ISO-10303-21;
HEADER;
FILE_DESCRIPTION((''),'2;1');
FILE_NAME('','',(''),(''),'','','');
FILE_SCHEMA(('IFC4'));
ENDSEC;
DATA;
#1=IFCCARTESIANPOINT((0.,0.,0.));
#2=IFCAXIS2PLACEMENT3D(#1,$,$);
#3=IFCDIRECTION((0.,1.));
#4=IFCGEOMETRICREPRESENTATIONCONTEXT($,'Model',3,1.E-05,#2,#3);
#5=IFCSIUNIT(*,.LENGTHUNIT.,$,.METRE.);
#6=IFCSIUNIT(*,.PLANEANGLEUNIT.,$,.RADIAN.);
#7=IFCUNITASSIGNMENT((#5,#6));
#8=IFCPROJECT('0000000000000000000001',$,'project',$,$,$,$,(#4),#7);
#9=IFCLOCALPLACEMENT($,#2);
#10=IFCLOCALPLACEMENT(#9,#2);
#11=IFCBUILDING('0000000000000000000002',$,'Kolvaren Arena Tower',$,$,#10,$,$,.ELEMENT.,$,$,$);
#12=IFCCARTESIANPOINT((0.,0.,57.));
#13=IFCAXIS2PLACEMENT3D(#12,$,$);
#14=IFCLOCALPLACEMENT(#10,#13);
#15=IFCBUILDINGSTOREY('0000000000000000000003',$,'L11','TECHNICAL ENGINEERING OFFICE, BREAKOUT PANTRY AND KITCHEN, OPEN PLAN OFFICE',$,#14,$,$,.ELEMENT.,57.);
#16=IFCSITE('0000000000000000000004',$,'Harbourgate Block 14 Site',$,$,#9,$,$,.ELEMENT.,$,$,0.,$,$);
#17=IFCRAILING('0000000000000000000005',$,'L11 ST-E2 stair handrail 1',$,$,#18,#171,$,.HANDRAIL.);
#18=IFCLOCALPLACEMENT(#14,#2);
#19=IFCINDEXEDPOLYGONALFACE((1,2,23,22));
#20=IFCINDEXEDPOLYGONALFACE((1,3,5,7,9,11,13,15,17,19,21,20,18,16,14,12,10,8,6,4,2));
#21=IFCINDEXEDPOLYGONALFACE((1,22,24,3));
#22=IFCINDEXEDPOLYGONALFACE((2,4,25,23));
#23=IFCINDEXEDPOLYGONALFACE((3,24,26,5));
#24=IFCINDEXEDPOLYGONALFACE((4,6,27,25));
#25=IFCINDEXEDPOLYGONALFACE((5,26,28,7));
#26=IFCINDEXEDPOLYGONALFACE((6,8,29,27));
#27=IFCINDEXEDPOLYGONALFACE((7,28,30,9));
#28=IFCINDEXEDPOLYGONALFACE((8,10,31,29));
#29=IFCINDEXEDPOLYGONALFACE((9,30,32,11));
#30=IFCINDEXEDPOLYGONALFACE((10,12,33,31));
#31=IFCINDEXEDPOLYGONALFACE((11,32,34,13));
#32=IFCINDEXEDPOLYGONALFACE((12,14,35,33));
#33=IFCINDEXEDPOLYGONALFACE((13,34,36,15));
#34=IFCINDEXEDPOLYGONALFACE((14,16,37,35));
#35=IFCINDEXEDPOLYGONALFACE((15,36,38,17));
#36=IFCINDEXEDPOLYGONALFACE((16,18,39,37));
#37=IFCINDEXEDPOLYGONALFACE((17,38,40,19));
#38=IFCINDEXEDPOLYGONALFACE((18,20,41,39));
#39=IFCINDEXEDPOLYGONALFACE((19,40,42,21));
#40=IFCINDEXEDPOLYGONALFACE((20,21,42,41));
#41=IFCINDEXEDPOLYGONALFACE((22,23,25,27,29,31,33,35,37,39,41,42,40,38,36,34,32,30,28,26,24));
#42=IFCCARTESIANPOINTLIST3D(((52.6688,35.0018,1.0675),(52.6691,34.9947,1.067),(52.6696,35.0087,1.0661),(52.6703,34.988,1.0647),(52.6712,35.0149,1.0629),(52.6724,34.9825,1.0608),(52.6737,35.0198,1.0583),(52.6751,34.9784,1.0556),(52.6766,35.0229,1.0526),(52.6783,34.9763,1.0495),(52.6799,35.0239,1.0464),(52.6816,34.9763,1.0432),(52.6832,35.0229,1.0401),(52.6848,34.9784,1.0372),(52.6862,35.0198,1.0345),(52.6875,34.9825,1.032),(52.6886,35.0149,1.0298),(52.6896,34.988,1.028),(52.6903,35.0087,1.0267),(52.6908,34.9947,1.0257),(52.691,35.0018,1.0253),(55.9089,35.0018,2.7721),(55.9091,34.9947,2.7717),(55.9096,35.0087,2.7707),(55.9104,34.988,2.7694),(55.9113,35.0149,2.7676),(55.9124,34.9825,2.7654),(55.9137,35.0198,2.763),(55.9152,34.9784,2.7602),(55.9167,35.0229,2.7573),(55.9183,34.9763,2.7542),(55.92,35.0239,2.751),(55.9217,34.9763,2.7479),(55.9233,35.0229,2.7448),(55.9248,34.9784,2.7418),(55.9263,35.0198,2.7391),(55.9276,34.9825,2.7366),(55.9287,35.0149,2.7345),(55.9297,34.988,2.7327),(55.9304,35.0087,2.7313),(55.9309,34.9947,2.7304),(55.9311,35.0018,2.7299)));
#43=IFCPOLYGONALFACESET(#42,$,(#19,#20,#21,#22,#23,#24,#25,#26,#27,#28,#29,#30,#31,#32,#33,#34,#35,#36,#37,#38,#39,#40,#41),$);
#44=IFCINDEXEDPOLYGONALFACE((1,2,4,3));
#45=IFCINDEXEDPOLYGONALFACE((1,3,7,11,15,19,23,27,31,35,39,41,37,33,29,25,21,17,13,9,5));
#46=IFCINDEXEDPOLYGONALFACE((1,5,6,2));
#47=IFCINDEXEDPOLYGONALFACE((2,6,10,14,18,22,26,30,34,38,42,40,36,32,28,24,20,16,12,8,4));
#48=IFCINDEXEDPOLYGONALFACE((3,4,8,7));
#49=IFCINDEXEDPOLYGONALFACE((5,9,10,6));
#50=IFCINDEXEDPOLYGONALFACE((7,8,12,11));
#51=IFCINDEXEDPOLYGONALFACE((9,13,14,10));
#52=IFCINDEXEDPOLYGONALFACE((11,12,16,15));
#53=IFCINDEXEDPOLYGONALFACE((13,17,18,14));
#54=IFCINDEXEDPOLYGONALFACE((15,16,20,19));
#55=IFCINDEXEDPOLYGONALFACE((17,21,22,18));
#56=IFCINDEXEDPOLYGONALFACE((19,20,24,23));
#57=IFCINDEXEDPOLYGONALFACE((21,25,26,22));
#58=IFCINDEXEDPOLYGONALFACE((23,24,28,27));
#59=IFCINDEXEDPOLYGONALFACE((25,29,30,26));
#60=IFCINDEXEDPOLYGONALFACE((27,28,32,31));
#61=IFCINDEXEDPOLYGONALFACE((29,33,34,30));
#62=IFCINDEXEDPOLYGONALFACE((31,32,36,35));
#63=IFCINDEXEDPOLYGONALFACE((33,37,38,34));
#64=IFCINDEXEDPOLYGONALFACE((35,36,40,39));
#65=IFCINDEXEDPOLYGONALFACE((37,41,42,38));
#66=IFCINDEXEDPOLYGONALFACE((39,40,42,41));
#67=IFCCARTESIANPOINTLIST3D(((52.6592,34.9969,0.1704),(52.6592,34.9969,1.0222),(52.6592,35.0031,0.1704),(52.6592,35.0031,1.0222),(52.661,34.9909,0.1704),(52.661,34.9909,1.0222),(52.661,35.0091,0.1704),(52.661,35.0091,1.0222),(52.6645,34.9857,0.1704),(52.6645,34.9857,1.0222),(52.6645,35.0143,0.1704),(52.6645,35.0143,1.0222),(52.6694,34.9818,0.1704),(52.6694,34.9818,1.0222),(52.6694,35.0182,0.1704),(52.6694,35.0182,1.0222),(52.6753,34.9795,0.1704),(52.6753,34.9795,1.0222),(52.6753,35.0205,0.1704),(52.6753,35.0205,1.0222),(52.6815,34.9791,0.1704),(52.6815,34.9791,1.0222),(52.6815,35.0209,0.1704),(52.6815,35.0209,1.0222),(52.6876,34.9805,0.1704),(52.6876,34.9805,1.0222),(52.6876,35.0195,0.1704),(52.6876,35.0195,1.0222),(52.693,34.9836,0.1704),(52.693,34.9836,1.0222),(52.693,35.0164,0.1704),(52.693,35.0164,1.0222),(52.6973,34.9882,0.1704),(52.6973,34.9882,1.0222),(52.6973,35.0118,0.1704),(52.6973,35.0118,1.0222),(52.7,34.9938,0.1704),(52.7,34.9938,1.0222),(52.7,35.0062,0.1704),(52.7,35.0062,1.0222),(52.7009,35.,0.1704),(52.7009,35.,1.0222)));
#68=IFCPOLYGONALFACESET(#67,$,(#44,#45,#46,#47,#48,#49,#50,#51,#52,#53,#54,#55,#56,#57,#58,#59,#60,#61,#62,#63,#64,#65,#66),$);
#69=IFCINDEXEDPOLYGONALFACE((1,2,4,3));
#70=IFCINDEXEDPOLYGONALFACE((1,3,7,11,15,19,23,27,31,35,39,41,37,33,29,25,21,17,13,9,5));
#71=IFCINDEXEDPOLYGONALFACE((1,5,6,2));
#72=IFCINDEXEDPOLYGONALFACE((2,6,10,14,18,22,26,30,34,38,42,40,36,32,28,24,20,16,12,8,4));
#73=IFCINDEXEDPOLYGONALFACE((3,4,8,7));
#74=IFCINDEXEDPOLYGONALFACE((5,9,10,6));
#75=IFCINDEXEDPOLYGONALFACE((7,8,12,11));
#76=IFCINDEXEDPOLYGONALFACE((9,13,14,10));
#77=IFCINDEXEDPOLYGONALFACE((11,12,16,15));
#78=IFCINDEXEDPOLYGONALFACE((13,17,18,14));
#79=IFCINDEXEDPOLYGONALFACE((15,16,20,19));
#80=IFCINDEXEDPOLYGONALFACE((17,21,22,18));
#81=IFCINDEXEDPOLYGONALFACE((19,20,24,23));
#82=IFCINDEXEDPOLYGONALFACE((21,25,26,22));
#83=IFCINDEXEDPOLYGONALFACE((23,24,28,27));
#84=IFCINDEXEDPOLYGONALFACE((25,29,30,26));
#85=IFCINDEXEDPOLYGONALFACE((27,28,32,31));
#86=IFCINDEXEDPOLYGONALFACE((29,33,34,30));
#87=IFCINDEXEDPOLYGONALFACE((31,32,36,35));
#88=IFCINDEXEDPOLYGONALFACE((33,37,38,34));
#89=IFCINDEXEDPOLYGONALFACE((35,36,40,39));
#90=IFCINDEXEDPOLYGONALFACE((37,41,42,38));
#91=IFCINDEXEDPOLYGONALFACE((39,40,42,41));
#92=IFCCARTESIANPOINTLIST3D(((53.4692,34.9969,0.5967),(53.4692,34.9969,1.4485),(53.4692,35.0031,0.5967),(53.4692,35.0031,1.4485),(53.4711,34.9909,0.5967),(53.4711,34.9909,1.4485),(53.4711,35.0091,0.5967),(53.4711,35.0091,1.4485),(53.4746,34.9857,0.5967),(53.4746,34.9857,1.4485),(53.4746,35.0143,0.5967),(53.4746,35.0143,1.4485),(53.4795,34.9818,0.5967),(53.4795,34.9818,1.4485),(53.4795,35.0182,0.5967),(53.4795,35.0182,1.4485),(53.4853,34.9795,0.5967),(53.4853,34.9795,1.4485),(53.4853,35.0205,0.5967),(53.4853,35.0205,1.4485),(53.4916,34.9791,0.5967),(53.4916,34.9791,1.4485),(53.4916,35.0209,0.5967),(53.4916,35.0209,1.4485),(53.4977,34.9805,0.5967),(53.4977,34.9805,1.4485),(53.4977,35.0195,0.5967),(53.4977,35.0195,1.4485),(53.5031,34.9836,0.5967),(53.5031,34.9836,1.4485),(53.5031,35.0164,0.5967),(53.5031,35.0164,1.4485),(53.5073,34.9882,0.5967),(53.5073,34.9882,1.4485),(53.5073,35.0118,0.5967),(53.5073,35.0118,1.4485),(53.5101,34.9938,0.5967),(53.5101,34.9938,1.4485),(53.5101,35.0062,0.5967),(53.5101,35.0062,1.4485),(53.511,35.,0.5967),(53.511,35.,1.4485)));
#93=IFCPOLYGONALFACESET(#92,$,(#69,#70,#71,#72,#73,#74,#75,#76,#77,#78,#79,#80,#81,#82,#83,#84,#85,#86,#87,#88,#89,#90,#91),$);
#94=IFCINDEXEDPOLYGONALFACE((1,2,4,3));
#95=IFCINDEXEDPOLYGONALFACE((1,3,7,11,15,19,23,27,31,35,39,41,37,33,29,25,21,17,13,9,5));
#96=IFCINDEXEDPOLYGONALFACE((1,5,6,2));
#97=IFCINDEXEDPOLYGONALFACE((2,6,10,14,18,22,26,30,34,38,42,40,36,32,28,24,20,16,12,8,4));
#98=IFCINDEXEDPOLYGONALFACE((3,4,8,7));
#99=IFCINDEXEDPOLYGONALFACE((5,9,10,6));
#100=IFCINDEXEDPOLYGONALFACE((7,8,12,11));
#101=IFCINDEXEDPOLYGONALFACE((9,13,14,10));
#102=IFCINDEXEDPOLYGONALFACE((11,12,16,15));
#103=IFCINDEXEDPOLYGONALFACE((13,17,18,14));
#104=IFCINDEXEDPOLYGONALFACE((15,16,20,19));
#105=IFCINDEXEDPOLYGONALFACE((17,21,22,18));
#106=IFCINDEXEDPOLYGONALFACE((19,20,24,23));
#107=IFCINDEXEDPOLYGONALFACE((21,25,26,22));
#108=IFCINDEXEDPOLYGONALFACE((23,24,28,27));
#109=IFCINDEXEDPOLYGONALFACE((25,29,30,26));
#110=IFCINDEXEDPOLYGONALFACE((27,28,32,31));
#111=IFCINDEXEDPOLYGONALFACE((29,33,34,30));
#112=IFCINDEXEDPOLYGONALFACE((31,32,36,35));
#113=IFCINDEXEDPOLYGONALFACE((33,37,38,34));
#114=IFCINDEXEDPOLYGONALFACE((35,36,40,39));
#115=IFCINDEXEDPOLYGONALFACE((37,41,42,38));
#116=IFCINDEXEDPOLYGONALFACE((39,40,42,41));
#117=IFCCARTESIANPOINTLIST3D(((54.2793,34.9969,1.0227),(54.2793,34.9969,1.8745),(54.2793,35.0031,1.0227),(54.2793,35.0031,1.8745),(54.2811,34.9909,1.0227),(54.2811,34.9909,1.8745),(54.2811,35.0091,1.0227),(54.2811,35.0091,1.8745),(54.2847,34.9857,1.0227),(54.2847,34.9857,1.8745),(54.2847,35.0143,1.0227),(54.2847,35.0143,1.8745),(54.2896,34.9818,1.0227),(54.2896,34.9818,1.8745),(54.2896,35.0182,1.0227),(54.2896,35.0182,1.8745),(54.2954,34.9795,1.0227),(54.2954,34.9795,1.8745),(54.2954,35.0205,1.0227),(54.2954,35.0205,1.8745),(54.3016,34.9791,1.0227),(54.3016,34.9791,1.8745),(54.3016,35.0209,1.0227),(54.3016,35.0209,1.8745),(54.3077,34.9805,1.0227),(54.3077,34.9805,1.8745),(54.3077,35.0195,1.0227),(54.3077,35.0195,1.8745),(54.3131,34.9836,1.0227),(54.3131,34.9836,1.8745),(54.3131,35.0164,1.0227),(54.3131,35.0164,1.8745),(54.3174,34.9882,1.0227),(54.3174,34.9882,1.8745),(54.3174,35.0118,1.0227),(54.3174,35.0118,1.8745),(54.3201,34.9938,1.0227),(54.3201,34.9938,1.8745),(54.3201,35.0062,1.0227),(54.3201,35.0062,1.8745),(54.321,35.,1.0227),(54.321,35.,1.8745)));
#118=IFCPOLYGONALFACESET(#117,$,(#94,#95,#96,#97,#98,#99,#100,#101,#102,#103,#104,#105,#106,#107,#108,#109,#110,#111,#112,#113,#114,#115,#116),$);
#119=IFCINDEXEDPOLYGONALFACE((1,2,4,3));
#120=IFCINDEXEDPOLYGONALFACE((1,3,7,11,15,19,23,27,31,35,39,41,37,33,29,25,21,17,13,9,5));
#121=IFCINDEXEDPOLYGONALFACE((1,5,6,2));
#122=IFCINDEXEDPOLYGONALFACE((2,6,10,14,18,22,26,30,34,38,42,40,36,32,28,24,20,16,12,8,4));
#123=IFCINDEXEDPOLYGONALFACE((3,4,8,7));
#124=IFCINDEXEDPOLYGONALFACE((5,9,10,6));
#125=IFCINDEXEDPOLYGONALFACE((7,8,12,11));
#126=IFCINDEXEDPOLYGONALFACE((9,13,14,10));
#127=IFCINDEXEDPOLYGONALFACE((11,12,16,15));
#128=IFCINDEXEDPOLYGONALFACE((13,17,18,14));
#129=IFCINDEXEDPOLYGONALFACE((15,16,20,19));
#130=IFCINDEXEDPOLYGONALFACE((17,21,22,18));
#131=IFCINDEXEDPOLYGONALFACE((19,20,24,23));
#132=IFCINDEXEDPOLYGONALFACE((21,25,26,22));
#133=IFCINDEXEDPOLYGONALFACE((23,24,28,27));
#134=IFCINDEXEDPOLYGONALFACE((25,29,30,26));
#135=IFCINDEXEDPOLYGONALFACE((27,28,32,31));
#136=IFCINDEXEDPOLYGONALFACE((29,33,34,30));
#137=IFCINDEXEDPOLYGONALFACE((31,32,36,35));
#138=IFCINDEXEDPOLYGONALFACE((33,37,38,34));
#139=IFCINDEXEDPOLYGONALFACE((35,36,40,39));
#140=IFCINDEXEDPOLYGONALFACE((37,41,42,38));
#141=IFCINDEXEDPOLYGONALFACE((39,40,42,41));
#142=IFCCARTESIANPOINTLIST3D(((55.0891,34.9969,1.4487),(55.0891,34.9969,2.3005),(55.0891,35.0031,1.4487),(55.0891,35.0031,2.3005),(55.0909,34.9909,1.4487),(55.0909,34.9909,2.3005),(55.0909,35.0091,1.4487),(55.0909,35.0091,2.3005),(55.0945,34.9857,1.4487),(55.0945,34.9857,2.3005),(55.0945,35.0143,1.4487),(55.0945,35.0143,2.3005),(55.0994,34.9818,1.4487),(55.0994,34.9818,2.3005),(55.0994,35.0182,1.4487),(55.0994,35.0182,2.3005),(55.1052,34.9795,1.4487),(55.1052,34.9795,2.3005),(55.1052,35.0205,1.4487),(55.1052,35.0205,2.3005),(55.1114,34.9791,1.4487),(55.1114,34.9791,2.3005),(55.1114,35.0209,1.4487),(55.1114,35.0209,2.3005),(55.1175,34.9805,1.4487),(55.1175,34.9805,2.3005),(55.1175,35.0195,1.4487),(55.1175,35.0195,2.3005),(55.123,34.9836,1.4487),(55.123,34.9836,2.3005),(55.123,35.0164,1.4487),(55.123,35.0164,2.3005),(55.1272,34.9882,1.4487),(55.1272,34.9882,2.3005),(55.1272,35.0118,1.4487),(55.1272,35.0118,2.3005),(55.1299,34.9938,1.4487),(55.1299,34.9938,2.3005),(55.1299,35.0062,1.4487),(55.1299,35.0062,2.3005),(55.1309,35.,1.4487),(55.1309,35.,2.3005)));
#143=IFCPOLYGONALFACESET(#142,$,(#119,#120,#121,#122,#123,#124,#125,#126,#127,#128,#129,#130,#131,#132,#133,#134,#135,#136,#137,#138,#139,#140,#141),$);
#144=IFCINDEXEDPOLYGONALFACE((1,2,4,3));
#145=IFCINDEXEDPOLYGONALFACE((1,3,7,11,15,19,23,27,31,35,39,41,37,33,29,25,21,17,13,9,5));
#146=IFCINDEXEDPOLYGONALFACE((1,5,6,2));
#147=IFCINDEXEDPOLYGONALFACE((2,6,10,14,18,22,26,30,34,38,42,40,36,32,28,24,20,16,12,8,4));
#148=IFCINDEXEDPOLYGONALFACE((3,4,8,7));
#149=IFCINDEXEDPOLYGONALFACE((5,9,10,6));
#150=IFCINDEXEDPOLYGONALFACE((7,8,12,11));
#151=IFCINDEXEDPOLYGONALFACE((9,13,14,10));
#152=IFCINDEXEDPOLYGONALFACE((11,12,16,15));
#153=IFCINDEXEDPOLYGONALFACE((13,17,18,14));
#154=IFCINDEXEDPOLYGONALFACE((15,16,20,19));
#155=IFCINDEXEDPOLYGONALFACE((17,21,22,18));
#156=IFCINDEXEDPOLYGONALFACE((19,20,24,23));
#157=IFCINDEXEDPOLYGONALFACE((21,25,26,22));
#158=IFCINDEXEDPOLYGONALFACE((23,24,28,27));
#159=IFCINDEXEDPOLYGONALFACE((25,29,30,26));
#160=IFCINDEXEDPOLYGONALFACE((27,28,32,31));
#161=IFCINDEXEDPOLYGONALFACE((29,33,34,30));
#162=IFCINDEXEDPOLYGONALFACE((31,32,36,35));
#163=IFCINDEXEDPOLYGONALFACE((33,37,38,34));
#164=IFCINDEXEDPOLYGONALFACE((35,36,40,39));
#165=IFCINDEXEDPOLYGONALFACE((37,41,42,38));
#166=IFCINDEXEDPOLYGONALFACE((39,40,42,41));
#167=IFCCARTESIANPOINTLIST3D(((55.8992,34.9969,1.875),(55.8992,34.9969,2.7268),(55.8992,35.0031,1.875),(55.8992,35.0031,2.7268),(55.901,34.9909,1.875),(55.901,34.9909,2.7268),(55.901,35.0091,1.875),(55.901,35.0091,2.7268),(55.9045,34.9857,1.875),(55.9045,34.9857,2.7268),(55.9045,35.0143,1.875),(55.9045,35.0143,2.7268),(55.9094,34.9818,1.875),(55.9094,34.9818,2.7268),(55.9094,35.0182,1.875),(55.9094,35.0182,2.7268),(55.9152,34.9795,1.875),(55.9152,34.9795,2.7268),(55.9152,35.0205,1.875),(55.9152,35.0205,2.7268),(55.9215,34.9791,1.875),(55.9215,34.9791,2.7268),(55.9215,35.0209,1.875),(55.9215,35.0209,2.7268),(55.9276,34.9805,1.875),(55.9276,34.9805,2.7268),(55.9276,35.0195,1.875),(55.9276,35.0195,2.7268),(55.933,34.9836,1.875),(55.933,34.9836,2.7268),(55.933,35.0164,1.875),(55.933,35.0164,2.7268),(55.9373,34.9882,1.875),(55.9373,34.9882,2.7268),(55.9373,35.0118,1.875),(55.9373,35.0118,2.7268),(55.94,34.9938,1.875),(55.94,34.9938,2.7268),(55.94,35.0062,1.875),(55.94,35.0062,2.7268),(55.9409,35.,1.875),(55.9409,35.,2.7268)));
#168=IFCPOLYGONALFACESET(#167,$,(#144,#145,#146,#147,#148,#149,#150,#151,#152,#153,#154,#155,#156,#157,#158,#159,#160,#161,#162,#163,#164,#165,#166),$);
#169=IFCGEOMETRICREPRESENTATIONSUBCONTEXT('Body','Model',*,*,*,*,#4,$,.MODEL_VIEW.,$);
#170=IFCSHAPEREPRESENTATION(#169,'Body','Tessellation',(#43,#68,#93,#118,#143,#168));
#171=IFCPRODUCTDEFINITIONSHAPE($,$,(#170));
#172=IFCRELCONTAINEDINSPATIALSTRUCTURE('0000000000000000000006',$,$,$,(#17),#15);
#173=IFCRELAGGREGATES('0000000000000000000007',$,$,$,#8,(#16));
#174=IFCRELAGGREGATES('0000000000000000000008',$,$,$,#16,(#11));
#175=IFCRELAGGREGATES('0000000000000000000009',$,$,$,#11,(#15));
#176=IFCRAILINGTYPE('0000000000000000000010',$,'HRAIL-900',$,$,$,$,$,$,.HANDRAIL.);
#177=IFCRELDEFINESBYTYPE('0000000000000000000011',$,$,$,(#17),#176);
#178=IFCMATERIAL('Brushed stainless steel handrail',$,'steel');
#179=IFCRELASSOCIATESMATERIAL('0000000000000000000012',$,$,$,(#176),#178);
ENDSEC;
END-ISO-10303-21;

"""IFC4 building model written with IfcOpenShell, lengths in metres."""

from ifc_helpers import new_model, si_unit, direction, frame, origin, origin_2d, place, context, subcontext, project, spatial, circle, extrude, material, type_object, element, save


model = new_model("IFC4")

# Units and contexts
model_context = context("Model", 3, precision=1e-05, world=origin(), true_north=direction((0.0, 1.0)))
body_context = subcontext(model_context, "Body", "Model", "MODEL_VIEW")
ifc_project = project(units=[si_unit("LENGTHUNIT", "METRE"), si_unit("PLANEANGLEUNIT", "RADIAN")], contexts=[model_context])

# Site, building, storey
site_placement = place(None, origin())
site = spatial("IfcSite", under=ifc_project, at=site_placement, Name="Harbourgate Block 14 Site", CompositionType="ELEMENT", RefElevation=0.0)
building_placement = place(site_placement, origin())
building = spatial("IfcBuilding", under=site, at=building_placement, Name="Kolvaren Arena Tower", CompositionType="ELEMENT")
storey_placement = place(building_placement, frame((0.0, 0.0, 57.0)))
storey = spatial("IfcBuildingStorey", under=building, at=storey_placement, Name="L11", Description="TECHNICAL ENGINEERING OFFICE, BREAKOUT PANTRY AND KITCHEN, OPEN PLAN OFFICE", CompositionType="ELEMENT", Elevation=57.0)

# Railing
ifc_material_1 = material(Name="Brushed stainless steel handrail", Category="steel")
railing_type_1 = type_object("IfcRailingType", Name="HRAIL-900", PredefinedType="HANDRAIL", material=ifc_material_1)
for number, where, name in (
    (1, (52.6799, 35.0, 0.1704), "L11 ST-E2 stair handrail 1"),
):
    element("IfcRailing", number, at=place(storey_placement, frame(where)), inside=storey, type_object=railing_type_1, Name=name, PredefinedType="HANDRAIL", context=body_context, shape_type="SweptSolid", body=[
        extrude(circle(Radius=0.0239, at=origin_2d()), frame((0.0, 0.0, 0.876), z_axis=(0.884993, 0.0, 0.465604), x_axis=(0.0, 1.0, 0.0)), (0.0, 0.0, 1.0), 3.6611),
        extrude(circle(Radius=0.021, at=origin_2d()), origin(), (0.0, 0.0, 1.0), 0.8518),
        extrude(circle(Radius=0.021, at=origin_2d()), frame((0.8101, 0.0, 0.4263)), (0.0, 0.0, 1.0), 0.8518),
        extrude(circle(Radius=0.021, at=origin_2d()), frame((1.6201, 0.0, 0.8523)), (0.0, 0.0, 1.0), 0.8518),
        extrude(circle(Radius=0.021, at=origin_2d()), frame((2.4299, 0.0, 1.2783)), (0.0, 0.0, 1.0), 0.8518),
        extrude(circle(Radius=0.021, at=origin_2d()), frame((3.24, 0.0, 1.7046)), (0.0, 0.0, 1.0), 0.8518),
    ])

save(model, "model.ifc")
